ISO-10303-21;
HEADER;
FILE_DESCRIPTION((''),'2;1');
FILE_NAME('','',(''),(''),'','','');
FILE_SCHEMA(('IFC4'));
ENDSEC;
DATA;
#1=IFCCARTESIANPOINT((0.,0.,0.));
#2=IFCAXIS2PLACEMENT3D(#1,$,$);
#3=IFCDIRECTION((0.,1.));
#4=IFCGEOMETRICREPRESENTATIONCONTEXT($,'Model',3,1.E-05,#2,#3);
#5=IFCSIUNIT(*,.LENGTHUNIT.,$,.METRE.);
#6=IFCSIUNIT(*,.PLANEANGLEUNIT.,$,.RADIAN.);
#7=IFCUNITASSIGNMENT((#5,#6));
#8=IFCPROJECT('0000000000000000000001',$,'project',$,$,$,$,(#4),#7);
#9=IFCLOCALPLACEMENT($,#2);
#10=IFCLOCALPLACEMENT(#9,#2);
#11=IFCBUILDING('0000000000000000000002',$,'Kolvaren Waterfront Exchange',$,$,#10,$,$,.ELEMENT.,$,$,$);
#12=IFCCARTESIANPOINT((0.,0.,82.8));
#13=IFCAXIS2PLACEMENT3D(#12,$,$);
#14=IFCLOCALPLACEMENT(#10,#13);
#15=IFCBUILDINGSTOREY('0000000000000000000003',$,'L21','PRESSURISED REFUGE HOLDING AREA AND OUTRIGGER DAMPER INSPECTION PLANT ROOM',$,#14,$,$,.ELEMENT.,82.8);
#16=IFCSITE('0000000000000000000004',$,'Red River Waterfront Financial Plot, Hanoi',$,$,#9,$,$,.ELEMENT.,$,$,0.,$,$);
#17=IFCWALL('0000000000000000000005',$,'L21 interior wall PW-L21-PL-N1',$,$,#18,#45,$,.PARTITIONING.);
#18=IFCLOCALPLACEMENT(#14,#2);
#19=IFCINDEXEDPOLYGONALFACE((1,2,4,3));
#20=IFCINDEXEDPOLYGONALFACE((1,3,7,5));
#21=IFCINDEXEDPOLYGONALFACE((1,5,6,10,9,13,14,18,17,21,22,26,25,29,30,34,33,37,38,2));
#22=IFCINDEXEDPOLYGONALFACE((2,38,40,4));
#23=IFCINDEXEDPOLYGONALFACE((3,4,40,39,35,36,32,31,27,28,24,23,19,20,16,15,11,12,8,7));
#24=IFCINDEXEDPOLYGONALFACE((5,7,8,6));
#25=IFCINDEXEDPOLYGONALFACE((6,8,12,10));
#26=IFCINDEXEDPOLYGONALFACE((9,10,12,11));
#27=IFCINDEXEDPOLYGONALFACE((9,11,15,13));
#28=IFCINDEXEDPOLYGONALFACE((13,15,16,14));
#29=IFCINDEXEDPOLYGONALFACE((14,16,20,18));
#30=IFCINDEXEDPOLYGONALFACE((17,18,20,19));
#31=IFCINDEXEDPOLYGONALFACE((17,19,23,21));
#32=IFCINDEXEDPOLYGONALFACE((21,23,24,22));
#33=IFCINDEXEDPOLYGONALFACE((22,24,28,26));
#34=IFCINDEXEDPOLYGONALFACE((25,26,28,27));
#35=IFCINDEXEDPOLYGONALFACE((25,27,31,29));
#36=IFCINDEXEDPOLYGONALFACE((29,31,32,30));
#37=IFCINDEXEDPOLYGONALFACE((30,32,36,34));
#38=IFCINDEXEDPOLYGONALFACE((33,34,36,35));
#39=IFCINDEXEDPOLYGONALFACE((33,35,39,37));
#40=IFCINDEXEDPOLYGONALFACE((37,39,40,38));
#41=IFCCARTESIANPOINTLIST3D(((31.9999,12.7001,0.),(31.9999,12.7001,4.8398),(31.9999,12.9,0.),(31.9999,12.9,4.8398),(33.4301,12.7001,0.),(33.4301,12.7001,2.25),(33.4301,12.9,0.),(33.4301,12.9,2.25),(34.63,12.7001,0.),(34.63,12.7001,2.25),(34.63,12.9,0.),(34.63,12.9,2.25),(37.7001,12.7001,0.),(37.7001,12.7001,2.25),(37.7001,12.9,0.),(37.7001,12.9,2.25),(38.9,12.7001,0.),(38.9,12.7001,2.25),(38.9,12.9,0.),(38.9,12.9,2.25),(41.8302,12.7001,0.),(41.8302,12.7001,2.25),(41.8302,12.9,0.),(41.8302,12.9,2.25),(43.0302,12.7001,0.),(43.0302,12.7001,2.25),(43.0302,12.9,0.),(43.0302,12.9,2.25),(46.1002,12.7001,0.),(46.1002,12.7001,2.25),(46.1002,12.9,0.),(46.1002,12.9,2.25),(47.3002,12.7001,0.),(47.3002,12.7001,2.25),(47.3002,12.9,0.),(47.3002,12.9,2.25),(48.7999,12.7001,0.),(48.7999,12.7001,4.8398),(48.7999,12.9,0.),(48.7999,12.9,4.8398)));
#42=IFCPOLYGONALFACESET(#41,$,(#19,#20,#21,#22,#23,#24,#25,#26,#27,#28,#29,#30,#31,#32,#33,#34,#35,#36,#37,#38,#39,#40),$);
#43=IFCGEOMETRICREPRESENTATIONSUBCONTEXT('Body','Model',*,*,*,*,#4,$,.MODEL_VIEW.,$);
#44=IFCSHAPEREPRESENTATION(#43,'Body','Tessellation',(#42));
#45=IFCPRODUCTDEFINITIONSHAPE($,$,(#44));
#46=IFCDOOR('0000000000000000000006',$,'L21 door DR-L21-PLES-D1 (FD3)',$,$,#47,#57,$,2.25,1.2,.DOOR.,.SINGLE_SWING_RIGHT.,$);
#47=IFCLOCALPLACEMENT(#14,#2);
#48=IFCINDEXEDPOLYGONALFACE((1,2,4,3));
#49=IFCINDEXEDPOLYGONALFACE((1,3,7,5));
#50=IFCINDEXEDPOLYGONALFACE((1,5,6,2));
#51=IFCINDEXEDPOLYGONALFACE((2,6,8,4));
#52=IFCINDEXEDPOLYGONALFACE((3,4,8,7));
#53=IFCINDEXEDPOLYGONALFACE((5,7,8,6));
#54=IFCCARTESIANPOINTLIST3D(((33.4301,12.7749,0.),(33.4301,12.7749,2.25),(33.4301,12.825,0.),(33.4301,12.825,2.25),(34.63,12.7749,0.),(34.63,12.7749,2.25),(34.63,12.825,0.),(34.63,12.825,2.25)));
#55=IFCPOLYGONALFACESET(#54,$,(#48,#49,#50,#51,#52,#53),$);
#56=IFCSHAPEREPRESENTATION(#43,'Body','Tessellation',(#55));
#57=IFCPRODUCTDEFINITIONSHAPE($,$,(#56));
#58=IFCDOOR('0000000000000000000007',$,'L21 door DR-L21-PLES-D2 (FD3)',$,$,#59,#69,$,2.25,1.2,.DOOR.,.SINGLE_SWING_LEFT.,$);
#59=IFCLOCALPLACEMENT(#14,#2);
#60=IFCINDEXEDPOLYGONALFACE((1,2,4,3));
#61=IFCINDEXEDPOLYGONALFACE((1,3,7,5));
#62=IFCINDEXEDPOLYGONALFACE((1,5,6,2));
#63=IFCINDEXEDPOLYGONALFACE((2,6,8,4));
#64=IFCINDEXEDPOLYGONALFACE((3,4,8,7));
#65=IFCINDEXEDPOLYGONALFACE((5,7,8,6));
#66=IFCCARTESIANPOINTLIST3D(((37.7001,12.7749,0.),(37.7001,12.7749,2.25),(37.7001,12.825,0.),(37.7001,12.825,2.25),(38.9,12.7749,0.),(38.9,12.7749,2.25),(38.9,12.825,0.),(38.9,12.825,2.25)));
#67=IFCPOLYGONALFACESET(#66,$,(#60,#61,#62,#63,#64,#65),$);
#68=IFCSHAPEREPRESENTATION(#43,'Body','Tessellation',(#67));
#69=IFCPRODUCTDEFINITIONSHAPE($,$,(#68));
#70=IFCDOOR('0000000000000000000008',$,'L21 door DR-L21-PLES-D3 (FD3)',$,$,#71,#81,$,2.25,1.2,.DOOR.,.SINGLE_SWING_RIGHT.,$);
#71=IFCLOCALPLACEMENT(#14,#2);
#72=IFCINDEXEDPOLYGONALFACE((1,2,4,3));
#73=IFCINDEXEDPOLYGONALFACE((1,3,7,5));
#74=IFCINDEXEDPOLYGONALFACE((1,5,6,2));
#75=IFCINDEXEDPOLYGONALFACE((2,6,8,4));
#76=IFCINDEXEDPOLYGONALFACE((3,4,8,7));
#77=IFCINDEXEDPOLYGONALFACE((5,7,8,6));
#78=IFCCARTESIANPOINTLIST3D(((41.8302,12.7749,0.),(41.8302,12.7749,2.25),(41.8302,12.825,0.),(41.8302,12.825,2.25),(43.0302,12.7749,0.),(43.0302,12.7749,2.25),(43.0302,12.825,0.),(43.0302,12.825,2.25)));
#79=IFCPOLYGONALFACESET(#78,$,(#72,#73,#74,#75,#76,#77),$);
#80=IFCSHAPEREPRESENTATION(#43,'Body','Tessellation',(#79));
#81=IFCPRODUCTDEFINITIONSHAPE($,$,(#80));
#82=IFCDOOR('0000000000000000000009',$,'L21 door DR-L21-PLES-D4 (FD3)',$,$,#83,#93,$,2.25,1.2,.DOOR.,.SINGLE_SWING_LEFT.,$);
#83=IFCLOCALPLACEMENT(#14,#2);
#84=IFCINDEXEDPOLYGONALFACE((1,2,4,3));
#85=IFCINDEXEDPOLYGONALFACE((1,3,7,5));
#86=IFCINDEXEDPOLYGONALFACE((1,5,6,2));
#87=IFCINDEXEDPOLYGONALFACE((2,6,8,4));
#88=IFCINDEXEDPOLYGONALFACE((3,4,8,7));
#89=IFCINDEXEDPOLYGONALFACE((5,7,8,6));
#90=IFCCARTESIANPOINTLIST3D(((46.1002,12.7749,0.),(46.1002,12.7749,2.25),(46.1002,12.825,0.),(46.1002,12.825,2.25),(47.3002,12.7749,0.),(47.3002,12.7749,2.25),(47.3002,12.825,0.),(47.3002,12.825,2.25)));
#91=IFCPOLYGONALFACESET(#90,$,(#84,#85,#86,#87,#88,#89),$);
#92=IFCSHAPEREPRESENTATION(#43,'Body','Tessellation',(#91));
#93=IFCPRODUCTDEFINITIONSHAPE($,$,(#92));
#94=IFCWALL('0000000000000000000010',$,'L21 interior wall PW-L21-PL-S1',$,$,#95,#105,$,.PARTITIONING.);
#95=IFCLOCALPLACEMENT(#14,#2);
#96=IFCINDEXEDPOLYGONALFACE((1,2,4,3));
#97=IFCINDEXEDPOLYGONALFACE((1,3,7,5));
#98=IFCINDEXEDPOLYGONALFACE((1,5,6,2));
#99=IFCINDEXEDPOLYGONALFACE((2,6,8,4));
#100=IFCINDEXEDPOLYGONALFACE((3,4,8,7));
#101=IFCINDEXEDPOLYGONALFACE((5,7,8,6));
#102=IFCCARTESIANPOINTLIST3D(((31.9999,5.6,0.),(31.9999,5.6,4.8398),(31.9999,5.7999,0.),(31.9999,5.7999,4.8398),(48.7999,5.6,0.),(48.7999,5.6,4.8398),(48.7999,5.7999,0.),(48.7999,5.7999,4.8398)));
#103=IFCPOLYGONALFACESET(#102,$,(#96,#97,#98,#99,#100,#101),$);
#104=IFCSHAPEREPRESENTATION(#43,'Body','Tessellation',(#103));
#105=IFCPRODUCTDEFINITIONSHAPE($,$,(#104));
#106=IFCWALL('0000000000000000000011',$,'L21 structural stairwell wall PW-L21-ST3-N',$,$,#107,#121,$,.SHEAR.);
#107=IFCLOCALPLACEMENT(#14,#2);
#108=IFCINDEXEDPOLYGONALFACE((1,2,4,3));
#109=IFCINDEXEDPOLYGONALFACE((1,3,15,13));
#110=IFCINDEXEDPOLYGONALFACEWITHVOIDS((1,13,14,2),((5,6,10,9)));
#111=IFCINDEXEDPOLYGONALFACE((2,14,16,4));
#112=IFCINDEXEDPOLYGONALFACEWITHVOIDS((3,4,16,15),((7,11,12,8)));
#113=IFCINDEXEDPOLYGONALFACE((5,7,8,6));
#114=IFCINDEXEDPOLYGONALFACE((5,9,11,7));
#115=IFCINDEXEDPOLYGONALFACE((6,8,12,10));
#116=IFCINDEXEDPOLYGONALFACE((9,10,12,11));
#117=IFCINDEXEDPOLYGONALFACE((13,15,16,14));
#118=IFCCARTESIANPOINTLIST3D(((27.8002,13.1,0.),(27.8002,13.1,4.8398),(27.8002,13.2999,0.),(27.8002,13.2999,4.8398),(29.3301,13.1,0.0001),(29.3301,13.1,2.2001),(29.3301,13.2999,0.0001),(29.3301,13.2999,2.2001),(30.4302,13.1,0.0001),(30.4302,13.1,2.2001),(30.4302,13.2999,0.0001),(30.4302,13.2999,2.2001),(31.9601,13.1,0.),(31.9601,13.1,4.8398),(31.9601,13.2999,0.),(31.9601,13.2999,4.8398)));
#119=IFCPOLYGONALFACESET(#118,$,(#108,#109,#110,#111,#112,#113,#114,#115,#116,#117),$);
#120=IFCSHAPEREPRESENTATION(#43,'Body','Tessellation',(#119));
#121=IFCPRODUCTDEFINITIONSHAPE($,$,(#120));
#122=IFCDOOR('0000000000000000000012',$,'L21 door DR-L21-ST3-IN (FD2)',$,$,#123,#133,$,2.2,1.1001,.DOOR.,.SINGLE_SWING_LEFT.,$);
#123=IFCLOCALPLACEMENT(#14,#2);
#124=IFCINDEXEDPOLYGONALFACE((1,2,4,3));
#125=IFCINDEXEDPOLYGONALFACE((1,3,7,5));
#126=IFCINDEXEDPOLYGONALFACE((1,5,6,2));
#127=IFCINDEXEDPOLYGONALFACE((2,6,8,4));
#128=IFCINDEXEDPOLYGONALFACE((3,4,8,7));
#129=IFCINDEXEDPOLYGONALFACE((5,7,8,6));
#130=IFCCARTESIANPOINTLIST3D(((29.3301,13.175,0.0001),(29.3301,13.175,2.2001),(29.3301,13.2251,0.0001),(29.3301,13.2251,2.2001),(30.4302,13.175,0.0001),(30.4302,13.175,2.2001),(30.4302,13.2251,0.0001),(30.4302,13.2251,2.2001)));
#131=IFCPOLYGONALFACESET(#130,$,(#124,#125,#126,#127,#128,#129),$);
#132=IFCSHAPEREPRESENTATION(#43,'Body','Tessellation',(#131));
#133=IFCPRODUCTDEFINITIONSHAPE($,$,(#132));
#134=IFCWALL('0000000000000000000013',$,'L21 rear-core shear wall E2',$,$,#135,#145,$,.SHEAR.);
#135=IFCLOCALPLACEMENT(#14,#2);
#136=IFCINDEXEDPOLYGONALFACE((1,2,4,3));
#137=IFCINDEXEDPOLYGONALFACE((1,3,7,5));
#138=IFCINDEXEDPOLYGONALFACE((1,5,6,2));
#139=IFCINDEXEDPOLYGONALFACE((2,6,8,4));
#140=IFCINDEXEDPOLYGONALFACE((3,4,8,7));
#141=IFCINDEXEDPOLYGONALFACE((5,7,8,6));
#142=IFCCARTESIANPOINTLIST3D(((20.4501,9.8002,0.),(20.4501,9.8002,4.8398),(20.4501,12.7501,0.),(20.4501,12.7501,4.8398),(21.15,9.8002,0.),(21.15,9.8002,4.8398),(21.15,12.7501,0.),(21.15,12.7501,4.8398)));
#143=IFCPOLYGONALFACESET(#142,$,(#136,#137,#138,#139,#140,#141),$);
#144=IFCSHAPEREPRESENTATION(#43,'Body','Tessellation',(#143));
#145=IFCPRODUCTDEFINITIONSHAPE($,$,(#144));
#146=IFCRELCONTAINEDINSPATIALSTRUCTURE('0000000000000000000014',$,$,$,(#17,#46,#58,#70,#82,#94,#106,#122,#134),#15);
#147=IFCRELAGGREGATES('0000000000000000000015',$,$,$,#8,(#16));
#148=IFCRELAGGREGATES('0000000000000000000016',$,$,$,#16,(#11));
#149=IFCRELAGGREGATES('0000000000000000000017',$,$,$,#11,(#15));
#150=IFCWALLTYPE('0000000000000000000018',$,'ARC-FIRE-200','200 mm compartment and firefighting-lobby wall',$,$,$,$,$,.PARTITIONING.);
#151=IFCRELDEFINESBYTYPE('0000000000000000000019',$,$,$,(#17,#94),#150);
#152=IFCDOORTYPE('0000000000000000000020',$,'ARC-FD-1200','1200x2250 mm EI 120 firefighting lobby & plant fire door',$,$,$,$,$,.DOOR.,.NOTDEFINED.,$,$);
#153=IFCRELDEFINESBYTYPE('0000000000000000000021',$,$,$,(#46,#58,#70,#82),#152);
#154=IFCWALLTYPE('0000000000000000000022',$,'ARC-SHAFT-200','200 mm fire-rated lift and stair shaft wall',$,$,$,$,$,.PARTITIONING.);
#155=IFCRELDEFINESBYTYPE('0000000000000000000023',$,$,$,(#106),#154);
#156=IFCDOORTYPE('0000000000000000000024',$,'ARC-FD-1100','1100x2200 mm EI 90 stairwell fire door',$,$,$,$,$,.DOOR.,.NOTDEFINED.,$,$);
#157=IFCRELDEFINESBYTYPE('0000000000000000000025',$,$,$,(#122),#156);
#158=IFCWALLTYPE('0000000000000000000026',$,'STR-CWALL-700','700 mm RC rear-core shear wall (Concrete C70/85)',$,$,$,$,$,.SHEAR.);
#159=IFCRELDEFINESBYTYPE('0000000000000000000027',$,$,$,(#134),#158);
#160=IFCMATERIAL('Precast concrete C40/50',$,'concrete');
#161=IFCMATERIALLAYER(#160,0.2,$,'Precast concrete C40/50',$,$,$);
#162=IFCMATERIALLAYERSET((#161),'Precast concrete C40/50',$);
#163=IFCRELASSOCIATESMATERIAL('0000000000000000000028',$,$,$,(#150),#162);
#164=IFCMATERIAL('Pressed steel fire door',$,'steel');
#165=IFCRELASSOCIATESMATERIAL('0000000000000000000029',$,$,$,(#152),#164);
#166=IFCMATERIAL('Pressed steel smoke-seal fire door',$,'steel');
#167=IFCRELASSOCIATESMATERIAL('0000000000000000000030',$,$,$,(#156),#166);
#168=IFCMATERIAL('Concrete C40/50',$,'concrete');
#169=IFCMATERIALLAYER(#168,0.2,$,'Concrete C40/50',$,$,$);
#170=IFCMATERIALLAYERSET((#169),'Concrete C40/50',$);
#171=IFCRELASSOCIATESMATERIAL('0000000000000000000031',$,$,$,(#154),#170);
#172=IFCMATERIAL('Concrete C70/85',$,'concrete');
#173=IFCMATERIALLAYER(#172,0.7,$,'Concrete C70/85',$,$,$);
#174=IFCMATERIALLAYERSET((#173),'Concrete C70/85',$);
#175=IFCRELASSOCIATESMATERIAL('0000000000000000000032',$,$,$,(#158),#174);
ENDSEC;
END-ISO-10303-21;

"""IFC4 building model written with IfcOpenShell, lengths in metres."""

from ifc_helpers import new_model, si_unit, direction, frame, frame_2d, origin, place, context, subcontext, project, spatial, rectangle, extrude, material, layer, layer_set, type_object, element, fill, save


model = new_model("IFC4")

# Units and contexts
model_context = context("Model", 3, precision=1e-05, world=origin(), true_north=direction((0.0, 1.0)))
body_context = subcontext(model_context, "Body", "Model", "MODEL_VIEW")
ifc_project = project(units=[si_unit("LENGTHUNIT", "METRE"), si_unit("PLANEANGLEUNIT", "RADIAN")], contexts=[model_context])

# Site, building, storey
site_placement = place(None, origin())
site = spatial("IfcSite", under=ifc_project, at=site_placement, Name="Red River Waterfront Financial Plot, Hanoi", CompositionType="ELEMENT", RefElevation=0.0)
building_placement = place(site_placement, origin())
building = spatial("IfcBuilding", under=site, at=building_placement, Name="Kolvaren Waterfront Exchange", CompositionType="ELEMENT")
storey_placement = place(building_placement, frame((0.0, 0.0, 82.8)))
storey = spatial("IfcBuildingStorey", under=building, at=storey_placement, Name="L21", Description="PRESSURISED REFUGE HOLDING AREA AND OUTRIGGER DAMPER INSPECTION PLANT ROOM", CompositionType="ELEMENT", Elevation=82.8)

# Shared definitions
ifc_material_1 = material(Name="Concrete C70/85", Category="concrete")

# Shared definitions
ifc_material_2 = material(Name="Precast concrete C40/50", Category="concrete")
ifc_layer_1 = layer(ifc_material_2, 0.2, Name="Precast concrete C40/50")
ifc_layer_set_1 = layer_set([ifc_layer_1], Name="Precast concrete C40/50")
wall_type_1 = type_object("IfcWallType", Name="ARC-FIRE-200", Description="200 mm compartment and firefighting-lobby wall", PredefinedType="PARTITIONING", material=ifc_layer_set_1)
ifc_material_3 = material(Name="Pressed steel fire door", Category="steel")
door_type_1 = type_object("IfcDoorType", Name="ARC-FD-1200", Description="1200x2250 mm EI 120 firefighting lobby & plant fire door", OperationType="NOTDEFINED", PredefinedType="DOOR", material=ifc_material_3)

# Shared definitions
ifc_material_4 = material(Name="Pressed steel smoke-seal fire door", Category="steel")
door_type_2 = type_object("IfcDoorType", Name="ARC-FD-1100", Description="1100x2200 mm EI 90 stairwell fire door", OperationType="NOTDEFINED", PredefinedType="DOOR", material=ifc_material_4)

# Wall, openings, doors
wall_1_placement = place(storey_placement, frame((32.0, 12.8, 0.0), z_axis=(0.0, 0.0, 1.0), x_axis=(1.0, 0.0, 0.0)))
wall_1 = element("IfcWall", 1, at=wall_1_placement, inside=storey, type_object=wall_type_1, Name="L21 interior wall PW-L21-PL-N1", PredefinedType="PARTITIONING", context=body_context, shape_type="SweptSolid", body=[
    extrude(rectangle(XDim=16.8, YDim=0.2, at=frame_2d((8.3999, 0.0))), origin(), (0.0, 0.0, 1.0), 4.8398),
])
opening_1_placement = place(wall_1_placement, frame((1.4299, 0.0, 0.0)))
opening_1 = element("IfcOpeningElement", 2, at=opening_1_placement, cuts=wall_1, PredefinedType="OPENING", context=body_context, shape_type="SweptSolid", body=[
    extrude(rectangle(XDim=1.2, YDim=2.25, at=frame_2d((0.6001, 1.125))), frame((0.0, 0.1099, 0.0), z_axis=(0.0, -1.0, 0.0), x_axis=(1.0, 0.0, 0.0)), (0.0, 0.0, 1.0), 0.22),
])
opening_2_placement = place(wall_1_placement, frame((5.7, 0.0, 0.0)))
opening_2 = element("IfcOpeningElement", 3, at=opening_2_placement, cuts=wall_1, PredefinedType="OPENING", context=body_context, shape_type="SweptSolid", body=[
    extrude(rectangle(XDim=1.2, YDim=2.25, at=frame_2d((0.6001, 1.125))), frame((0.0, 0.1099, 0.0), z_axis=(0.0, -1.0, 0.0), x_axis=(1.0, 0.0, 0.0)), (0.0, 0.0, 1.0), 0.22),
])
opening_3_placement = place(wall_1_placement, frame((9.8301, 0.0, 0.0)))
opening_3 = element("IfcOpeningElement", 4, at=opening_3_placement, cuts=wall_1, PredefinedType="OPENING", context=body_context, shape_type="SweptSolid", body=[
    extrude(rectangle(XDim=1.2, YDim=2.25, at=frame_2d((0.6001, 1.125))), frame((0.0, 0.1099, 0.0), z_axis=(0.0, -1.0, 0.0), x_axis=(1.0, 0.0, 0.0)), (0.0, 0.0, 1.0), 0.22),
])
opening_4_placement = place(wall_1_placement, frame((14.1001, 0.0, 0.0)))
opening_4 = element("IfcOpeningElement", 5, at=opening_4_placement, cuts=wall_1, PredefinedType="OPENING", context=body_context, shape_type="SweptSolid", body=[
    extrude(rectangle(XDim=1.2, YDim=2.25, at=frame_2d((0.6001, 1.125))), frame((0.0, 0.1099, 0.0), z_axis=(0.0, -1.0, 0.0), x_axis=(1.0, 0.0, 0.0)), (0.0, 0.0, 1.0), 0.22),
])
door_1_placement = place(opening_1_placement, origin())
door_1 = element("IfcDoor", 6, at=door_1_placement, inside=storey, type_object=door_type_1, Name="L21 door DR-L21-PLES-D1 (FD3)", OperationType="SINGLE_SWING_RIGHT", OverallHeight=2.25, OverallWidth=1.2, PredefinedType="DOOR", context=body_context, shape_type="SweptSolid", body=[
    extrude(rectangle(XDim=1.2, YDim=2.25, at=frame_2d((0.6001, 1.125))), frame((0.0, 0.0249, 0.0), z_axis=(0.0, -1.0, 0.0), x_axis=(1.0, 0.0, 0.0)), (0.0, 0.0, 1.0), 0.05),
])
fill(opening_1, door_1)
door_2_placement = place(opening_2_placement, origin())
door_2 = element("IfcDoor", 7, at=door_2_placement, inside=storey, type_object=door_type_1, Name="L21 door DR-L21-PLES-D2 (FD3)", OperationType="SINGLE_SWING_LEFT", OverallHeight=2.25, OverallWidth=1.2, PredefinedType="DOOR", context=body_context, shape_type="SweptSolid", body=[
    extrude(rectangle(XDim=1.2, YDim=2.25, at=frame_2d((0.6001, 1.125))), frame((0.0, 0.0249, 0.0), z_axis=(0.0, -1.0, 0.0), x_axis=(1.0, 0.0, 0.0)), (0.0, 0.0, 1.0), 0.05),
])
fill(opening_2, door_2)
door_3_placement = place(opening_3_placement, origin())
door_3 = element("IfcDoor", 8, at=door_3_placement, inside=storey, type_object=door_type_1, Name="L21 door DR-L21-PLES-D3 (FD3)", OperationType="SINGLE_SWING_RIGHT", OverallHeight=2.25, OverallWidth=1.2, PredefinedType="DOOR", context=body_context, shape_type="SweptSolid", body=[
    extrude(rectangle(XDim=1.2, YDim=2.25, at=frame_2d((0.6001, 1.125))), frame((0.0, 0.0249, 0.0), z_axis=(0.0, -1.0, 0.0), x_axis=(1.0, 0.0, 0.0)), (0.0, 0.0, 1.0), 0.05),
])
fill(opening_3, door_3)
door_4_placement = place(opening_4_placement, origin())
door_4 = element("IfcDoor", 9, at=door_4_placement, inside=storey, type_object=door_type_1, Name="L21 door DR-L21-PLES-D4 (FD3)", OperationType="SINGLE_SWING_LEFT", OverallHeight=2.25, OverallWidth=1.2, PredefinedType="DOOR", context=body_context, shape_type="SweptSolid", body=[
    extrude(rectangle(XDim=1.2, YDim=2.25, at=frame_2d((0.6001, 1.125))), frame((0.0, 0.0249, 0.0), z_axis=(0.0, -1.0, 0.0), x_axis=(1.0, 0.0, 0.0)), (0.0, 0.0, 1.0), 0.05),
])
fill(opening_4, door_4)

# Wall
wall_2_placement = place(storey_placement, frame((32.0, 5.7, 0.0), z_axis=(0.0, 0.0, 1.0), x_axis=(1.0, 0.0, 0.0)))
element("IfcWall", 10, at=wall_2_placement, inside=storey, type_object=wall_type_1, Name="L21 interior wall PW-L21-PL-S1", PredefinedType="PARTITIONING", context=body_context, shape_type="SweptSolid", body=[
    extrude(rectangle(XDim=16.8, YDim=0.2, at=frame_2d((8.3999, 0.0))), origin(), (0.0, 0.0, 1.0), 4.8398),
])

# Wall, opening, door
ifc_material_5 = material(Name="Concrete C40/50", Category="concrete")
ifc_layer_2 = layer(ifc_material_5, 0.2, Name="Concrete C40/50")
ifc_layer_set_2 = layer_set([ifc_layer_2], Name="Concrete C40/50")
wall_type_2 = type_object("IfcWallType", Name="ARC-SHAFT-200", Description="200 mm fire-rated lift and stair shaft wall", PredefinedType="PARTITIONING", material=ifc_layer_set_2)
wall_3_placement = place(storey_placement, frame((27.8, 13.2, 0.0), z_axis=(0.0, 0.0, 1.0), x_axis=(1.0, 0.0, 0.0)))
wall_3 = element("IfcWall", 11, at=wall_3_placement, inside=storey, type_object=wall_type_2, Name="L21 structural stairwell wall PW-L21-ST3-N", PredefinedType="SHEAR", context=body_context, shape_type="SweptSolid", body=[
    extrude(rectangle(XDim=4.1599, YDim=0.2, at=frame_2d((2.0801, 0.0))), origin(), (0.0, 0.0, 1.0), 4.8398),
])
opening_5_placement = place(wall_3_placement, frame((1.53, 0.0, 0.0)))
opening_5 = element("IfcOpeningElement", 12, at=opening_5_placement, cuts=wall_3, PredefinedType="OPENING", context=body_context, shape_type="SweptSolid", body=[
    extrude(rectangle(XDim=1.1001, YDim=2.2, at=frame_2d((0.55, 1.1001))), frame((0.0, 0.1099, 0.0), z_axis=(0.0, -1.0, 0.0), x_axis=(1.0, 0.0, 0.0)), (0.0, 0.0, 1.0), 0.22),
])
door_5_placement = place(opening_5_placement, frame((1.1001, 0.0, 0.0), z_axis=(0.0, 0.0, 1.0), x_axis=(-1.0, 0.0, 0.0)))
door_5 = element("IfcDoor", 13, at=door_5_placement, inside=storey, type_object=door_type_2, Name="L21 door DR-L21-ST3-IN (FD2)", OperationType="SINGLE_SWING_LEFT", OverallHeight=2.2, OverallWidth=1.1001, PredefinedType="DOOR", context=body_context, shape_type="SweptSolid", body=[
    extrude(rectangle(XDim=1.1001, YDim=2.2, at=frame_2d((0.55, 1.1001))), frame((0.0, 0.0249, 0.0), z_axis=(0.0, -1.0, 0.0), x_axis=(1.0, 0.0, 0.0)), (0.0, 0.0, 1.0), 0.05),
])
fill(opening_5, door_5)

# Wall
ifc_layer_3 = layer(ifc_material_1, 0.7, Name="Concrete C70/85")
ifc_layer_set_3 = layer_set([ifc_layer_3], Name="Concrete C70/85")
wall_type_3 = type_object("IfcWallType", Name="STR-CWALL-700", Description="700 mm RC rear-core shear wall (Concrete C70/85)", PredefinedType="SHEAR", material=ifc_layer_set_3)
wall_4_placement = place(storey_placement, frame((20.8, 9.8, 0.0), z_axis=(0.0, 0.0, 1.0), x_axis=(0.0, 1.0, 0.0)))
element("IfcWall", 14, at=wall_4_placement, inside=storey, type_object=wall_type_3, Name="L21 rear-core shear wall E2", PredefinedType="SHEAR", context=body_context, shape_type="SweptSolid", body=[
    extrude(rectangle(XDim=2.95, YDim=0.7, at=frame_2d((1.4751, 0.0))), origin(), (0.0, 0.0, 1.0), 4.8398),
])

save(model, "model.ifc")
